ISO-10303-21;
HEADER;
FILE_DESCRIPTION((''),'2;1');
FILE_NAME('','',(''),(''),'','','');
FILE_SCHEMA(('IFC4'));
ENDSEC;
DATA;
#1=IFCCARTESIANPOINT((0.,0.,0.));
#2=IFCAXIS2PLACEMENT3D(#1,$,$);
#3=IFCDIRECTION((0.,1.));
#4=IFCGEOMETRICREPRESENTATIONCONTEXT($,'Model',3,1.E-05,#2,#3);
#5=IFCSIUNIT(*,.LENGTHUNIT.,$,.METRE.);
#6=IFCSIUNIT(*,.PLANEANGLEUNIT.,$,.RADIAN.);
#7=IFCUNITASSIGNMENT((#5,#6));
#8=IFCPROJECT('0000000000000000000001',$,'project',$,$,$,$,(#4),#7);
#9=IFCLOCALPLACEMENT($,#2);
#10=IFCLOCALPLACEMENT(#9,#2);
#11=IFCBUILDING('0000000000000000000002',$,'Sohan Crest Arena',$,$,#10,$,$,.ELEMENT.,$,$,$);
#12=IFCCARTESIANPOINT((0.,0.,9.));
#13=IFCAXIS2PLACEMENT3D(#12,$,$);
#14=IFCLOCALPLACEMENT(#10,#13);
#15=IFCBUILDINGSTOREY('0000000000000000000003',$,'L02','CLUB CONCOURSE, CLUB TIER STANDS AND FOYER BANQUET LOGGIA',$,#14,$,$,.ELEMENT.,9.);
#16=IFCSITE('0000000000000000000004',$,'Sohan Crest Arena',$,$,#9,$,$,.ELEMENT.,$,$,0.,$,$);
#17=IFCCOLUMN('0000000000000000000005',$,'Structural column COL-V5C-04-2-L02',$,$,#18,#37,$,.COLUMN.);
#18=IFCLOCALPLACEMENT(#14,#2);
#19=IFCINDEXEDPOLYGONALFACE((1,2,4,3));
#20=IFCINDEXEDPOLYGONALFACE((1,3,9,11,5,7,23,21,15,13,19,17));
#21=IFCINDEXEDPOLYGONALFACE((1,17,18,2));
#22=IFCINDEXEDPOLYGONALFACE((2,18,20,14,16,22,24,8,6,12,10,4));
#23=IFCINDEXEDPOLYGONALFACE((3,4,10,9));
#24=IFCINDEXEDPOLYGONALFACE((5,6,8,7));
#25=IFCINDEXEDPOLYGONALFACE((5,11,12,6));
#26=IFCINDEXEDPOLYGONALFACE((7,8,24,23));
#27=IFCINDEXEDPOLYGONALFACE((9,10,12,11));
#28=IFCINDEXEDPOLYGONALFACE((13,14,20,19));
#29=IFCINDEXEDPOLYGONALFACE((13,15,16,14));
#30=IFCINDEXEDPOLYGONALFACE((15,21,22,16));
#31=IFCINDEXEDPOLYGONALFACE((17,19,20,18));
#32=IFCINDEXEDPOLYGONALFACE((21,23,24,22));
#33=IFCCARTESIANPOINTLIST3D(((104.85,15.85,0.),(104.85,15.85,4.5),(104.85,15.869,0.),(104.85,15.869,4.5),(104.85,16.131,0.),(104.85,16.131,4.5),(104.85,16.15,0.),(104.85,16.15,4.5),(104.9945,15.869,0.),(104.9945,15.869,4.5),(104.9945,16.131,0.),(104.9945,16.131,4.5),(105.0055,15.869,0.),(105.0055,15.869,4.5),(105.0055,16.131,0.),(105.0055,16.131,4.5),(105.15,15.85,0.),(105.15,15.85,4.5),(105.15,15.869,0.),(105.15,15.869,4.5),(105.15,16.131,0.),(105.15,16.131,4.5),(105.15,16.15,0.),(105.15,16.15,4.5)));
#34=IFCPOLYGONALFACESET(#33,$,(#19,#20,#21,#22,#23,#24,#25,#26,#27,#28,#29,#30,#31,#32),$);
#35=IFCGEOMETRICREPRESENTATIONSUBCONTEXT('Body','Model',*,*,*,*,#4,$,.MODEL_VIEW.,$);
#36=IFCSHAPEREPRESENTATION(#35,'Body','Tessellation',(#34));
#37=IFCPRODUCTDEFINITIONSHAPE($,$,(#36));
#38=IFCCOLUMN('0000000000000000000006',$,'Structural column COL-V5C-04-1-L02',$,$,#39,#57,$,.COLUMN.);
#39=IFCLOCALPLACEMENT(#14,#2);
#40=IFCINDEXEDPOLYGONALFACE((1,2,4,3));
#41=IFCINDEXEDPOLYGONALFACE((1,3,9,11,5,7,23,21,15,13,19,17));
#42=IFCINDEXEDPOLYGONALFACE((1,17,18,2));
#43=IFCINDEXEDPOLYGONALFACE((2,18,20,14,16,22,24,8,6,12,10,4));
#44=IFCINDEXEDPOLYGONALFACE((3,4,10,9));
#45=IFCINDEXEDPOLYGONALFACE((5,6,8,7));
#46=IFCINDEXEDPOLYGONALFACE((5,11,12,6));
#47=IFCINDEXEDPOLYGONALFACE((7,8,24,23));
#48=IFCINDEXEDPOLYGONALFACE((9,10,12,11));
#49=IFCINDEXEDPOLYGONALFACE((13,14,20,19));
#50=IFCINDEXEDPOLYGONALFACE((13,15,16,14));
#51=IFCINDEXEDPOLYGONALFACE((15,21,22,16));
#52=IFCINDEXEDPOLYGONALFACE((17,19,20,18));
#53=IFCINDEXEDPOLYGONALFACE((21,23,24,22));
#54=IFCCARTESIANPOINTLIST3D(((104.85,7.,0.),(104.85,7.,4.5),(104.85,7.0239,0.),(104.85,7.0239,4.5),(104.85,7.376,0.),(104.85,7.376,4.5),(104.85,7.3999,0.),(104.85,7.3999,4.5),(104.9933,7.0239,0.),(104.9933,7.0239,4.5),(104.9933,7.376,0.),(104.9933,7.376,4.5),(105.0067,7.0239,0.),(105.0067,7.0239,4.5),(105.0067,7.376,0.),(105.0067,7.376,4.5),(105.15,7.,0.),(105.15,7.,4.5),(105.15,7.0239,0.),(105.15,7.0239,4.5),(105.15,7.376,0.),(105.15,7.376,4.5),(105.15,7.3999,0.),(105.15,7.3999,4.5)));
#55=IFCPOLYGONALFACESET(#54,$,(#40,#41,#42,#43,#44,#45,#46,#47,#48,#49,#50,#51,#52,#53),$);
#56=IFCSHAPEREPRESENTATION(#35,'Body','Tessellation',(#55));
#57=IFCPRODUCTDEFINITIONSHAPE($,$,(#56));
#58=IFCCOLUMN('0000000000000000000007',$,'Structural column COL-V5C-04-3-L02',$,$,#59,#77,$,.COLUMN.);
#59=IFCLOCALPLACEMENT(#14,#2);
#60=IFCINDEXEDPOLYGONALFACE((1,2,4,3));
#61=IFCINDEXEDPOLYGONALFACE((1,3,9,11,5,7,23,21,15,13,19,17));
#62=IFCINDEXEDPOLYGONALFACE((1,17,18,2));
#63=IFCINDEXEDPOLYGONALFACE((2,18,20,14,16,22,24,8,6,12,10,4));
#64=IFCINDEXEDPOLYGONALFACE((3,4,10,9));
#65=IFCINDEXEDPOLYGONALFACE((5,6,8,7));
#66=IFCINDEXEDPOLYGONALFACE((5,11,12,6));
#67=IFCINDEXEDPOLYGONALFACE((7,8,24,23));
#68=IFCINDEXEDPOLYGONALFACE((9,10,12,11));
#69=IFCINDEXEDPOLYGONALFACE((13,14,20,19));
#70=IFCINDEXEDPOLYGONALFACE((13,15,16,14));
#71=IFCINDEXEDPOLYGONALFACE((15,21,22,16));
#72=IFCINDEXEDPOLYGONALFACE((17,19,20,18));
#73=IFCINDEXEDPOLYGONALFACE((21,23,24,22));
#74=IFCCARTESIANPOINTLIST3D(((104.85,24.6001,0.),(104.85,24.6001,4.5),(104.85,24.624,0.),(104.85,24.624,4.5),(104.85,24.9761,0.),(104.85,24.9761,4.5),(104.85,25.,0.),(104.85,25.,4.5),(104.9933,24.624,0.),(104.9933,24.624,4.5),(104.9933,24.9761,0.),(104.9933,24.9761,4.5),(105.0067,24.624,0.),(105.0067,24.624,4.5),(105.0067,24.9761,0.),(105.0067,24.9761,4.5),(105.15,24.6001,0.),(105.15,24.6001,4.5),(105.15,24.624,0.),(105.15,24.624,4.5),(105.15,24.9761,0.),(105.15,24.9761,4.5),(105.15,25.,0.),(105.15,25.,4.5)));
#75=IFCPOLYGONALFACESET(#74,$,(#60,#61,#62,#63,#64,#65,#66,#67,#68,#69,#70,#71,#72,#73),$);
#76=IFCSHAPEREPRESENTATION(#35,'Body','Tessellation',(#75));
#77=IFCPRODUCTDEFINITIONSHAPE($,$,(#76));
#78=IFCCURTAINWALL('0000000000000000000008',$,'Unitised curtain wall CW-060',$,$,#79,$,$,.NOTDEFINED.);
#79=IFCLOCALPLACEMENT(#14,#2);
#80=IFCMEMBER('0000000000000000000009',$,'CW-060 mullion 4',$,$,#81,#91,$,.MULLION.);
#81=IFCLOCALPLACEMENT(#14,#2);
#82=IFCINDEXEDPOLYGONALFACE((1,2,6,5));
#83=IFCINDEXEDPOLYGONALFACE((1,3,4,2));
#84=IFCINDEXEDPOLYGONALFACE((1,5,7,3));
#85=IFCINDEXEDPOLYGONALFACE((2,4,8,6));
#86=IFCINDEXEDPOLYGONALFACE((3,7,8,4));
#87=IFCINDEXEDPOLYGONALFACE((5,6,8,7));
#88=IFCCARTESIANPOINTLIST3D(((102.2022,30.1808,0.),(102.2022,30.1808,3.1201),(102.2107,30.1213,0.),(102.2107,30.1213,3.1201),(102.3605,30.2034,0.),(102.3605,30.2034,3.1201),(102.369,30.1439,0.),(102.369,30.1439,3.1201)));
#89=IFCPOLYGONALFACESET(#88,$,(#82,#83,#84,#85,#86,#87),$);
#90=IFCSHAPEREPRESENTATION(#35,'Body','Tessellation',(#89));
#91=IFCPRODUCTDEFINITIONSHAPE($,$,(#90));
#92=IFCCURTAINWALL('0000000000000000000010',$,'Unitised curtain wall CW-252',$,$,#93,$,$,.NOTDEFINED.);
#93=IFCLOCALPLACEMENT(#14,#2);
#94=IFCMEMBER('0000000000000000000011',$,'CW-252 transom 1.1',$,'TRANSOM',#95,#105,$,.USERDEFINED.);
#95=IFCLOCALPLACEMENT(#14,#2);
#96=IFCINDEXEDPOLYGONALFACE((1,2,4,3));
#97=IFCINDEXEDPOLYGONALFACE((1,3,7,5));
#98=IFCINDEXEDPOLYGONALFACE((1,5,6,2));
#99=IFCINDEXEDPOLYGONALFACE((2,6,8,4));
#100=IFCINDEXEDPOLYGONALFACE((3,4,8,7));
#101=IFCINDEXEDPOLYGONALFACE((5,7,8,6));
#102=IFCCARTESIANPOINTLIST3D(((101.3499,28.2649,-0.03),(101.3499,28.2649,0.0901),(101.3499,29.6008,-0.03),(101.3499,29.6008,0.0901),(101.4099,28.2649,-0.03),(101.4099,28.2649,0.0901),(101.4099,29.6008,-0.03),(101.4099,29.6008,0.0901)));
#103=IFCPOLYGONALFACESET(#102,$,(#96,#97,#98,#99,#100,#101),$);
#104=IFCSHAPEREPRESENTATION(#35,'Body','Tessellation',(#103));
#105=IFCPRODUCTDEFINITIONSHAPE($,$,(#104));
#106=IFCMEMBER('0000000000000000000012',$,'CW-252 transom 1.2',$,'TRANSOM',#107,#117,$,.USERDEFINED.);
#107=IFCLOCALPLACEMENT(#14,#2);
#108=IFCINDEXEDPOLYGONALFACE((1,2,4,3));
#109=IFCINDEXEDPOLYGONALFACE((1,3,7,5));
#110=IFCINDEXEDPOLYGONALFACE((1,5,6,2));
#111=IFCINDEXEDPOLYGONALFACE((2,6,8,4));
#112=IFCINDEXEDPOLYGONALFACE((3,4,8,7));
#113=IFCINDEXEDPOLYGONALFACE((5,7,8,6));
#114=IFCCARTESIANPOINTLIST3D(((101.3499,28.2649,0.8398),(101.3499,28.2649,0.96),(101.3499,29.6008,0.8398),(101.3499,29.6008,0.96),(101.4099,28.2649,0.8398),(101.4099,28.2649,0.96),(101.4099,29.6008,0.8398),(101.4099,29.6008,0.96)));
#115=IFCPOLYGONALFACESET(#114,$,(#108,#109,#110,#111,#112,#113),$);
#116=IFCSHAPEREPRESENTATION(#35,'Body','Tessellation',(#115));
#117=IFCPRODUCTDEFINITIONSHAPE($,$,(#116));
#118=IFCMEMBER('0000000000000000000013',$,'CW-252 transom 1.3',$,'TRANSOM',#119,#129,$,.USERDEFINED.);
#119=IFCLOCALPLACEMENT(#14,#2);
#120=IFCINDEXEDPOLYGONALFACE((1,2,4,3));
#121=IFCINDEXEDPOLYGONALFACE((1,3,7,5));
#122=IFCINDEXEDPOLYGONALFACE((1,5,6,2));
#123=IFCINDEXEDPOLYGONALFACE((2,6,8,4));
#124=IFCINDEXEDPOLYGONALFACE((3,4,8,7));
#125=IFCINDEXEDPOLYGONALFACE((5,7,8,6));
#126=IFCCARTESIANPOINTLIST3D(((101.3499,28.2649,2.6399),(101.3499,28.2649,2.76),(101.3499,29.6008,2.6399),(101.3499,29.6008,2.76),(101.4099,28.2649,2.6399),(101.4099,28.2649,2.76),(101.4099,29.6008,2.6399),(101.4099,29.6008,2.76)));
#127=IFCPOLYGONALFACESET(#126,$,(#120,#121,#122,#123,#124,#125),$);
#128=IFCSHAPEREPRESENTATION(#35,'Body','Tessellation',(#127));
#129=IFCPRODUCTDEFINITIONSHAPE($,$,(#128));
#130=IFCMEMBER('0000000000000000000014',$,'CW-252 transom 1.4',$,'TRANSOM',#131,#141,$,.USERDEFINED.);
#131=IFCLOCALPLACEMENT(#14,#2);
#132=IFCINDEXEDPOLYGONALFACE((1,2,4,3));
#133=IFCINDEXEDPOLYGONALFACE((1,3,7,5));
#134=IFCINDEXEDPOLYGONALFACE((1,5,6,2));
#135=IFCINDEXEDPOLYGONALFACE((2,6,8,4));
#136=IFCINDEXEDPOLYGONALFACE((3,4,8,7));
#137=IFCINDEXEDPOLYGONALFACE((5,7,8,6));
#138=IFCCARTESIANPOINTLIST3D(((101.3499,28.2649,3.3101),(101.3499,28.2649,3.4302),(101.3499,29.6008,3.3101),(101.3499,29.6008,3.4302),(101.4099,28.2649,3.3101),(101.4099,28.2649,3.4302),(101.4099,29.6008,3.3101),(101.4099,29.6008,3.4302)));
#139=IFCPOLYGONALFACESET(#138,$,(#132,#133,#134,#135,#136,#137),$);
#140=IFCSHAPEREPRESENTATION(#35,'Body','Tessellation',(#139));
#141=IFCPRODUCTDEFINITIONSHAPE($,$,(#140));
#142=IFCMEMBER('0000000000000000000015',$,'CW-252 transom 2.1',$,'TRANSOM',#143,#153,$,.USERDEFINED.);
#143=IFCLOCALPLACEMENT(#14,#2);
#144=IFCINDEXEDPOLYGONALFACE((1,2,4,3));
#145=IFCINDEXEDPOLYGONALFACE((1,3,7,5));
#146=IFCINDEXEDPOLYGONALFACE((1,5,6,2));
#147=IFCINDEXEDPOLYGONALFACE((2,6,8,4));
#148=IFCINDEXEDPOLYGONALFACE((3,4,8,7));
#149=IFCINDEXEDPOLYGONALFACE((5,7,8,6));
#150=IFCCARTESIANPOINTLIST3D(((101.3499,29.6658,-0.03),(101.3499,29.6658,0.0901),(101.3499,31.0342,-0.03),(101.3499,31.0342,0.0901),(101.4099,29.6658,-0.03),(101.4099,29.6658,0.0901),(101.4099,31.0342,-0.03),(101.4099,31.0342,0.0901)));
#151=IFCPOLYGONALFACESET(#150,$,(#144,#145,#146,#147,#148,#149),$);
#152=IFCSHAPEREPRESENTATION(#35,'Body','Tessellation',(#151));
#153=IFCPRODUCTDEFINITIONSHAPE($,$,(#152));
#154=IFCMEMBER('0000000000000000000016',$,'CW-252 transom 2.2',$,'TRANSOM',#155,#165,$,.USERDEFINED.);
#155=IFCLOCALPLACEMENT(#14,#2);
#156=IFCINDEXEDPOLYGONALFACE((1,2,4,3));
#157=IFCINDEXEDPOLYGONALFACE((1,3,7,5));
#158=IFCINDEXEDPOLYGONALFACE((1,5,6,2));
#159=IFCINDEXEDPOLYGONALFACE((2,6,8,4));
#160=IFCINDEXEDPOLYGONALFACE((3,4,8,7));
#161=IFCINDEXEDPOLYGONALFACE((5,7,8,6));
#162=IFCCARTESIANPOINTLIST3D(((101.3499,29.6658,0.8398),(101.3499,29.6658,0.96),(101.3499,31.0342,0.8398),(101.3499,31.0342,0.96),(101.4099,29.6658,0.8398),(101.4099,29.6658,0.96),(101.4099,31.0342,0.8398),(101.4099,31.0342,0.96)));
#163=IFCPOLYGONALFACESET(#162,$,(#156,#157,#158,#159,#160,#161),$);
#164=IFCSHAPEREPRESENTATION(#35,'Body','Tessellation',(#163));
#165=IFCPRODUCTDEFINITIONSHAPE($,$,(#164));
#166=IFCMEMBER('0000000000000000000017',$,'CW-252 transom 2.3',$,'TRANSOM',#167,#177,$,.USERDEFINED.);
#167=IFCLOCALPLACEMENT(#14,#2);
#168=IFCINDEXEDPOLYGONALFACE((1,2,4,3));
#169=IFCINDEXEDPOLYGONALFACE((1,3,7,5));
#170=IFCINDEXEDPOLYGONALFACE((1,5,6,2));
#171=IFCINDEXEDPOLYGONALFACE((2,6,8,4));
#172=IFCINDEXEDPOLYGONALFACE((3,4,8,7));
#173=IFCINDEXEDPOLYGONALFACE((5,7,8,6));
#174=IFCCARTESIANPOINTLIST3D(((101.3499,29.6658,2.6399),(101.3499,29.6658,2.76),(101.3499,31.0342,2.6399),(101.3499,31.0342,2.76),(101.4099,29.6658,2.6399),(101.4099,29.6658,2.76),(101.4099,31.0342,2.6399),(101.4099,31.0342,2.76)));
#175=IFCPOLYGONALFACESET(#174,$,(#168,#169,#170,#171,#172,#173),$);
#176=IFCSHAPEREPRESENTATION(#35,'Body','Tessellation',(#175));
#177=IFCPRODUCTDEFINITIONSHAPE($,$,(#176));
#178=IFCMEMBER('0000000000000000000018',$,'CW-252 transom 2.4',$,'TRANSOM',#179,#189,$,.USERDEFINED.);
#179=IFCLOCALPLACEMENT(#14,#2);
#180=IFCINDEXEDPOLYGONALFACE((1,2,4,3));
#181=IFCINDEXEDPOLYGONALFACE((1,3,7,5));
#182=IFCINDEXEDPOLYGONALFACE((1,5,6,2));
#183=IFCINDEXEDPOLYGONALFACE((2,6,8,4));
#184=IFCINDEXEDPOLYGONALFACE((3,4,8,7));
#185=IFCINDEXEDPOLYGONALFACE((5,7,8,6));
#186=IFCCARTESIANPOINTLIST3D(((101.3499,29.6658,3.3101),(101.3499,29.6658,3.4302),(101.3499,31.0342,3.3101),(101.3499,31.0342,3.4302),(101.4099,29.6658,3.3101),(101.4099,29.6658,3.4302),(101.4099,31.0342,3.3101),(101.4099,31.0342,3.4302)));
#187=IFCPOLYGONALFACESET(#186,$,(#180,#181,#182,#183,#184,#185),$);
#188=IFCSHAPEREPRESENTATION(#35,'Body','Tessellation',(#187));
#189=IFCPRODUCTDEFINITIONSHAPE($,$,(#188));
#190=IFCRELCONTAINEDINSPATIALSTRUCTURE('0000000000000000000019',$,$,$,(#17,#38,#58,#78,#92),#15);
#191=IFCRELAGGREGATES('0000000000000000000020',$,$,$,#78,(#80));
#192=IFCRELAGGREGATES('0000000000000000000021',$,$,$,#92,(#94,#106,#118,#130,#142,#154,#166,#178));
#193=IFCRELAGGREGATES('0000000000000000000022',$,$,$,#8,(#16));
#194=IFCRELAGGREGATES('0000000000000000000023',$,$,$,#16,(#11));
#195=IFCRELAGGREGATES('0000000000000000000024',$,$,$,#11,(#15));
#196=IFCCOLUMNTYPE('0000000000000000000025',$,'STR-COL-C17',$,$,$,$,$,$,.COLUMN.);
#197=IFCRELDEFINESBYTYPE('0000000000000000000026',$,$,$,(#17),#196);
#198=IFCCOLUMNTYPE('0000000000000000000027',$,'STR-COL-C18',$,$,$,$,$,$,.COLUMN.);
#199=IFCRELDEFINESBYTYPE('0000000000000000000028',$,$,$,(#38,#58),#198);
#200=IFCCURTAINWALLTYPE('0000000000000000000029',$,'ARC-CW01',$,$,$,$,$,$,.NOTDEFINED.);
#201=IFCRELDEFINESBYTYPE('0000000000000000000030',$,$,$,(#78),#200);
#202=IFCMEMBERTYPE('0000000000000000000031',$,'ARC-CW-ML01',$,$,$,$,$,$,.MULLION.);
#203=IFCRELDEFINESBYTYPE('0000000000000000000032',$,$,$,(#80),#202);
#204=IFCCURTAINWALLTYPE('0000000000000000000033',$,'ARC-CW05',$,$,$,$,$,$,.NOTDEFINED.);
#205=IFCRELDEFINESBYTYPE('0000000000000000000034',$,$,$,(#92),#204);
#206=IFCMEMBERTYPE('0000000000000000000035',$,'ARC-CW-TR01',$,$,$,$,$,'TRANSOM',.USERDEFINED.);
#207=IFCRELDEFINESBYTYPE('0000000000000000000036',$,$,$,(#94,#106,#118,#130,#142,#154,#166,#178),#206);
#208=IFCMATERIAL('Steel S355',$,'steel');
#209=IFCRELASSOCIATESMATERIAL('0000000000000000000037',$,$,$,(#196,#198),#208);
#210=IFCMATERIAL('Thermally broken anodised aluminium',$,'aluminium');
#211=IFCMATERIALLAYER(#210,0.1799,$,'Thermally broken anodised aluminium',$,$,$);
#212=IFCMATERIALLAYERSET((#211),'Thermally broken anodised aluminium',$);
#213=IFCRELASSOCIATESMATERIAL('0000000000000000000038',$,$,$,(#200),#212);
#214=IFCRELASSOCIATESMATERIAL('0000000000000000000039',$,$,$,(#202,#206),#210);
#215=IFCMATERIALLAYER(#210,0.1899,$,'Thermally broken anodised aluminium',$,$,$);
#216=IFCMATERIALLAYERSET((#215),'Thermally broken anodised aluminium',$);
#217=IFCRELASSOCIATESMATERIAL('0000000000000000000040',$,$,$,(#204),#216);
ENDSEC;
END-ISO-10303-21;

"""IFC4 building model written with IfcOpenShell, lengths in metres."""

from ifc_helpers import new_model, si_unit, direction, frame, origin, origin_2d, place, context, subcontext, project, spatial, rectangle, i_section, extrude, material, layer, layer_set, material_profile, profile_set, type_object, element, aggregate, save


model = new_model("IFC4")

# Units and contexts
model_context = context("Model", 3, precision=1e-05, world=origin(), true_north=direction((0.0, 1.0)))
body_context = subcontext(model_context, "Body", "Model", "MODEL_VIEW")
ifc_project = project(units=[si_unit("LENGTHUNIT", "METRE"), si_unit("PLANEANGLEUNIT", "RADIAN")], contexts=[model_context])

# Site, building, storey
site_placement = place(None, origin())
site = spatial("IfcSite", under=ifc_project, at=site_placement, Name="Sohan Crest Arena", CompositionType="ELEMENT", RefElevation=0.0)
building_placement = place(site_placement, origin())
building = spatial("IfcBuilding", under=site, at=building_placement, Name="Sohan Crest Arena", CompositionType="ELEMENT")
storey_placement = place(building_placement, frame((0.0, 0.0, 9.0)))
storey = spatial("IfcBuildingStorey", under=building, at=storey_placement, Name="L02", Description="CLUB CONCOURSE, CLUB TIER STANDS AND FOYER BANQUET LOGGIA", CompositionType="ELEMENT", Elevation=9.0)

# Columns
ifc_material_1 = material(Name="Steel S355", Category="steel")
ifc_material_profile_1 = material_profile(ifc_material_1, i_section(OverallWidth=0.3, OverallDepth=0.3, WebThickness=0.011, FlangeThickness=0.019, at=origin_2d()), Name="HEB 300")
ifc_profile_set_1 = profile_set([ifc_material_profile_1], Name="Steel S355")
column_type_1 = type_object("IfcColumnType", Name="STR-COL-C17", PredefinedType="COLUMN", material=ifc_profile_set_1)
column_placement = place(storey_placement, frame((105.0, 16.0, 0.0), z_axis=(0.0, 0.0, 1.0), x_axis=(1.0, 0.0, 0.0)))
element("IfcColumn", 1, at=column_placement, inside=storey, type_object=column_type_1, Name="Structural column COL-V5C-04-2-L02", PredefinedType="COLUMN", context=body_context, shape_type="SweptSolid", body=[
    extrude(i_section(OverallWidth=0.3, OverallDepth=0.3, WebThickness=0.011, FlangeThickness=0.019, at=origin_2d()), origin(), (0.0, 0.0, 1.0), 4.5),
])
ifc_material_profile_2 = material_profile(ifc_material_1, i_section(OverallWidth=0.3, OverallDepth=0.3999, WebThickness=0.0134, FlangeThickness=0.0239, at=origin_2d()), Name="HEB 400")
ifc_profile_set_2 = profile_set([ifc_material_profile_2], Name="Steel S355")
column_type_2 = type_object("IfcColumnType", Name="STR-COL-C18", PredefinedType="COLUMN", material=ifc_profile_set_2)
for number, where, z_axis, x_axis, name in (
    (2, (105.0, 7.2, 0.0), (0.0, 0.0, 1.0), (1.0, 0.0, 0.0), "Structural column COL-V5C-04-1-L02"),
    (3, (105.0, 24.8, 0.0), (0.0, 0.0, 1.0), (1.0, 0.0, 0.0), "Structural column COL-V5C-04-3-L02"),
):
    element("IfcColumn", number, at=place(storey_placement, frame(where, z_axis=z_axis, x_axis=x_axis)), inside=storey, type_object=column_type_2, Name=name, PredefinedType="COLUMN", context=body_context, shape_type="SweptSolid", body=[
        extrude(i_section(OverallWidth=0.3, OverallDepth=0.3999, WebThickness=0.0134, FlangeThickness=0.0239, at=origin_2d()), origin(), (0.0, 0.0, 1.0), 4.5),
    ])

# Curtain wall, member
ifc_material_2 = material(Name="Thermally broken anodised aluminium", Category="aluminium")
ifc_layer_1 = layer(ifc_material_2, 0.1799, Name="Thermally broken anodised aluminium")
ifc_layer_set_1 = layer_set([ifc_layer_1], Name="Thermally broken anodised aluminium")
curtain_wall_type_1 = type_object("IfcCurtainWallType", Name="ARC-CW01", PredefinedType="NOTDEFINED", material=ifc_layer_set_1)
curtain_wall_1_placement = place(storey_placement, origin())
curtain_wall_1 = element("IfcCurtainWall", 4, at=curtain_wall_1_placement, inside=storey, type_object=curtain_wall_type_1, Name="Unitised curtain wall CW-060", PredefinedType="NOTDEFINED")
ifc_material_profile_3 = material_profile(ifc_material_2, rectangle(XDim=0.0601, YDim=0.1599, at=origin_2d()), Name="ALU-MULL 60x160")
ifc_profile_set_3 = profile_set([ifc_material_profile_3], Name="Thermally broken anodised aluminium")
member_type_1 = type_object("IfcMemberType", Name="ARC-CW-ML01", PredefinedType="MULLION", material=ifc_profile_set_3)
member_1_placement = place(storey_placement, frame((102.2856, 30.1624, 0.0), z_axis=(0.0, 0.0, 1.0), x_axis=(-0.141463, 0.989944, 0.0)))
member_1 = element("IfcMember", 5, at=member_1_placement, type_object=member_type_1, Name="CW-060 mullion 4", PredefinedType="MULLION", context=body_context, shape_type="SweptSolid", body=[
    extrude(rectangle(XDim=0.0601, YDim=0.1599, at=origin_2d()), origin(), (0.0, 0.0, 1.0), 3.1201),
])

# Curtain wall, members
ifc_layer_2 = layer(ifc_material_2, 0.1899, Name="Thermally broken anodised aluminium")
ifc_layer_set_2 = layer_set([ifc_layer_2], Name="Thermally broken anodised aluminium")
curtain_wall_type_2 = type_object("IfcCurtainWallType", Name="ARC-CW05", PredefinedType="NOTDEFINED", material=ifc_layer_set_2)
curtain_wall_2_placement = place(storey_placement, origin())
curtain_wall_2 = element("IfcCurtainWall", 6, at=curtain_wall_2_placement, inside=storey, type_object=curtain_wall_type_2, Name="Unitised curtain wall CW-252", PredefinedType="NOTDEFINED")
ifc_material_profile_4 = material_profile(ifc_material_2, rectangle(XDim=0.0601, YDim=0.1201, at=origin_2d()), Name="ALU-TRAN 60x120")
ifc_profile_set_4 = profile_set([ifc_material_profile_4], Name="Thermally broken anodised aluminium")
member_type_2 = type_object("IfcMemberType", Name="ARC-CW-TR01", ElementType="TRANSOM", PredefinedType="USERDEFINED", material=ifc_profile_set_4)
member_2_placement = place(storey_placement, frame((101.3799, 28.2649, 0.03), z_axis=(0.0, 1.0, 0.0), x_axis=(-1.0, 0.0, 0.0)))
member_2 = element("IfcMember", 7, at=member_2_placement, type_object=member_type_2, Name="CW-252 transom 1.1", ObjectType="TRANSOM", PredefinedType="USERDEFINED", context=body_context, shape_type="SweptSolid", body=[
    extrude(rectangle(XDim=0.0601, YDim=0.1201, at=origin_2d()), origin(), (0.0, 0.0, 1.0), 1.3359),
])
member_3_placement = place(storey_placement, frame((101.3799, 28.2649, 0.8999), z_axis=(0.0, 1.0, 0.0), x_axis=(-1.0, 0.0, 0.0)))
member_3 = element("IfcMember", 8, at=member_3_placement, type_object=member_type_2, Name="CW-252 transom 1.2", ObjectType="TRANSOM", PredefinedType="USERDEFINED", context=body_context, shape_type="SweptSolid", body=[
    extrude(rectangle(XDim=0.0601, YDim=0.1201, at=origin_2d()), origin(), (0.0, 0.0, 1.0), 1.3359),
])
member_4_placement = place(storey_placement, frame((101.3799, 28.2649, 2.7), z_axis=(0.0, 1.0, 0.0), x_axis=(-1.0, 0.0, 0.0)))
member_4 = element("IfcMember", 9, at=member_4_placement, type_object=member_type_2, Name="CW-252 transom 1.3", ObjectType="TRANSOM", PredefinedType="USERDEFINED", context=body_context, shape_type="SweptSolid", body=[
    extrude(rectangle(XDim=0.0601, YDim=0.1201, at=origin_2d()), origin(), (0.0, 0.0, 1.0), 1.3359),
])
member_5_placement = place(storey_placement, frame((101.3799, 28.2649, 3.3701), z_axis=(0.0, 1.0, 0.0), x_axis=(-1.0, 0.0, 0.0)))
member_5 = element("IfcMember", 10, at=member_5_placement, type_object=member_type_2, Name="CW-252 transom 1.4", ObjectType="TRANSOM", PredefinedType="USERDEFINED", context=body_context, shape_type="SweptSolid", body=[
    extrude(rectangle(XDim=0.0601, YDim=0.1201, at=origin_2d()), origin(), (0.0, 0.0, 1.0), 1.3359),
])
member_6_placement = place(storey_placement, frame((101.3799, 29.6658, 0.03), z_axis=(0.0, 1.0, 0.0), x_axis=(-1.0, 0.0, 0.0)))
member_6 = element("IfcMember", 11, at=member_6_placement, type_object=member_type_2, Name="CW-252 transom 2.1", ObjectType="TRANSOM", PredefinedType="USERDEFINED", context=body_context, shape_type="SweptSolid", body=[
    extrude(rectangle(XDim=0.0601, YDim=0.1201, at=origin_2d()), origin(), (0.0, 0.0, 1.0), 1.3684),
])
member_7_placement = place(storey_placement, frame((101.3799, 29.6658, 0.8999), z_axis=(0.0, 1.0, 0.0), x_axis=(-1.0, 0.0, 0.0)))
member_7 = element("IfcMember", 12, at=member_7_placement, type_object=member_type_2, Name="CW-252 transom 2.2", ObjectType="TRANSOM", PredefinedType="USERDEFINED", context=body_context, shape_type="SweptSolid", body=[
    extrude(rectangle(XDim=0.0601, YDim=0.1201, at=origin_2d()), origin(), (0.0, 0.0, 1.0), 1.3684),
])
member_8_placement = place(storey_placement, frame((101.3799, 29.6658, 2.7), z_axis=(0.0, 1.0, 0.0), x_axis=(-1.0, 0.0, 0.0)))
member_8 = element("IfcMember", 13, at=member_8_placement, type_object=member_type_2, Name="CW-252 transom 2.3", ObjectType="TRANSOM", PredefinedType="USERDEFINED", context=body_context, shape_type="SweptSolid", body=[
    extrude(rectangle(XDim=0.0601, YDim=0.1201, at=origin_2d()), origin(), (0.0, 0.0, 1.0), 1.3684),
])
member_9_placement = place(storey_placement, frame((101.3799, 29.6658, 3.3701), z_axis=(0.0, 1.0, 0.0), x_axis=(-1.0, 0.0, 0.0)))
member_9 = element("IfcMember", 14, at=member_9_placement, type_object=member_type_2, Name="CW-252 transom 2.4", ObjectType="TRANSOM", PredefinedType="USERDEFINED", context=body_context, shape_type="SweptSolid", body=[
    extrude(rectangle(XDim=0.0601, YDim=0.1201, at=origin_2d()), origin(), (0.0, 0.0, 1.0), 1.3684),
])

aggregate(curtain_wall_1, [member_1])
aggregate(curtain_wall_2, [member_2, member_3, member_4, member_5, member_6, member_7, member_8, member_9])

save(model, "model.ifc")
